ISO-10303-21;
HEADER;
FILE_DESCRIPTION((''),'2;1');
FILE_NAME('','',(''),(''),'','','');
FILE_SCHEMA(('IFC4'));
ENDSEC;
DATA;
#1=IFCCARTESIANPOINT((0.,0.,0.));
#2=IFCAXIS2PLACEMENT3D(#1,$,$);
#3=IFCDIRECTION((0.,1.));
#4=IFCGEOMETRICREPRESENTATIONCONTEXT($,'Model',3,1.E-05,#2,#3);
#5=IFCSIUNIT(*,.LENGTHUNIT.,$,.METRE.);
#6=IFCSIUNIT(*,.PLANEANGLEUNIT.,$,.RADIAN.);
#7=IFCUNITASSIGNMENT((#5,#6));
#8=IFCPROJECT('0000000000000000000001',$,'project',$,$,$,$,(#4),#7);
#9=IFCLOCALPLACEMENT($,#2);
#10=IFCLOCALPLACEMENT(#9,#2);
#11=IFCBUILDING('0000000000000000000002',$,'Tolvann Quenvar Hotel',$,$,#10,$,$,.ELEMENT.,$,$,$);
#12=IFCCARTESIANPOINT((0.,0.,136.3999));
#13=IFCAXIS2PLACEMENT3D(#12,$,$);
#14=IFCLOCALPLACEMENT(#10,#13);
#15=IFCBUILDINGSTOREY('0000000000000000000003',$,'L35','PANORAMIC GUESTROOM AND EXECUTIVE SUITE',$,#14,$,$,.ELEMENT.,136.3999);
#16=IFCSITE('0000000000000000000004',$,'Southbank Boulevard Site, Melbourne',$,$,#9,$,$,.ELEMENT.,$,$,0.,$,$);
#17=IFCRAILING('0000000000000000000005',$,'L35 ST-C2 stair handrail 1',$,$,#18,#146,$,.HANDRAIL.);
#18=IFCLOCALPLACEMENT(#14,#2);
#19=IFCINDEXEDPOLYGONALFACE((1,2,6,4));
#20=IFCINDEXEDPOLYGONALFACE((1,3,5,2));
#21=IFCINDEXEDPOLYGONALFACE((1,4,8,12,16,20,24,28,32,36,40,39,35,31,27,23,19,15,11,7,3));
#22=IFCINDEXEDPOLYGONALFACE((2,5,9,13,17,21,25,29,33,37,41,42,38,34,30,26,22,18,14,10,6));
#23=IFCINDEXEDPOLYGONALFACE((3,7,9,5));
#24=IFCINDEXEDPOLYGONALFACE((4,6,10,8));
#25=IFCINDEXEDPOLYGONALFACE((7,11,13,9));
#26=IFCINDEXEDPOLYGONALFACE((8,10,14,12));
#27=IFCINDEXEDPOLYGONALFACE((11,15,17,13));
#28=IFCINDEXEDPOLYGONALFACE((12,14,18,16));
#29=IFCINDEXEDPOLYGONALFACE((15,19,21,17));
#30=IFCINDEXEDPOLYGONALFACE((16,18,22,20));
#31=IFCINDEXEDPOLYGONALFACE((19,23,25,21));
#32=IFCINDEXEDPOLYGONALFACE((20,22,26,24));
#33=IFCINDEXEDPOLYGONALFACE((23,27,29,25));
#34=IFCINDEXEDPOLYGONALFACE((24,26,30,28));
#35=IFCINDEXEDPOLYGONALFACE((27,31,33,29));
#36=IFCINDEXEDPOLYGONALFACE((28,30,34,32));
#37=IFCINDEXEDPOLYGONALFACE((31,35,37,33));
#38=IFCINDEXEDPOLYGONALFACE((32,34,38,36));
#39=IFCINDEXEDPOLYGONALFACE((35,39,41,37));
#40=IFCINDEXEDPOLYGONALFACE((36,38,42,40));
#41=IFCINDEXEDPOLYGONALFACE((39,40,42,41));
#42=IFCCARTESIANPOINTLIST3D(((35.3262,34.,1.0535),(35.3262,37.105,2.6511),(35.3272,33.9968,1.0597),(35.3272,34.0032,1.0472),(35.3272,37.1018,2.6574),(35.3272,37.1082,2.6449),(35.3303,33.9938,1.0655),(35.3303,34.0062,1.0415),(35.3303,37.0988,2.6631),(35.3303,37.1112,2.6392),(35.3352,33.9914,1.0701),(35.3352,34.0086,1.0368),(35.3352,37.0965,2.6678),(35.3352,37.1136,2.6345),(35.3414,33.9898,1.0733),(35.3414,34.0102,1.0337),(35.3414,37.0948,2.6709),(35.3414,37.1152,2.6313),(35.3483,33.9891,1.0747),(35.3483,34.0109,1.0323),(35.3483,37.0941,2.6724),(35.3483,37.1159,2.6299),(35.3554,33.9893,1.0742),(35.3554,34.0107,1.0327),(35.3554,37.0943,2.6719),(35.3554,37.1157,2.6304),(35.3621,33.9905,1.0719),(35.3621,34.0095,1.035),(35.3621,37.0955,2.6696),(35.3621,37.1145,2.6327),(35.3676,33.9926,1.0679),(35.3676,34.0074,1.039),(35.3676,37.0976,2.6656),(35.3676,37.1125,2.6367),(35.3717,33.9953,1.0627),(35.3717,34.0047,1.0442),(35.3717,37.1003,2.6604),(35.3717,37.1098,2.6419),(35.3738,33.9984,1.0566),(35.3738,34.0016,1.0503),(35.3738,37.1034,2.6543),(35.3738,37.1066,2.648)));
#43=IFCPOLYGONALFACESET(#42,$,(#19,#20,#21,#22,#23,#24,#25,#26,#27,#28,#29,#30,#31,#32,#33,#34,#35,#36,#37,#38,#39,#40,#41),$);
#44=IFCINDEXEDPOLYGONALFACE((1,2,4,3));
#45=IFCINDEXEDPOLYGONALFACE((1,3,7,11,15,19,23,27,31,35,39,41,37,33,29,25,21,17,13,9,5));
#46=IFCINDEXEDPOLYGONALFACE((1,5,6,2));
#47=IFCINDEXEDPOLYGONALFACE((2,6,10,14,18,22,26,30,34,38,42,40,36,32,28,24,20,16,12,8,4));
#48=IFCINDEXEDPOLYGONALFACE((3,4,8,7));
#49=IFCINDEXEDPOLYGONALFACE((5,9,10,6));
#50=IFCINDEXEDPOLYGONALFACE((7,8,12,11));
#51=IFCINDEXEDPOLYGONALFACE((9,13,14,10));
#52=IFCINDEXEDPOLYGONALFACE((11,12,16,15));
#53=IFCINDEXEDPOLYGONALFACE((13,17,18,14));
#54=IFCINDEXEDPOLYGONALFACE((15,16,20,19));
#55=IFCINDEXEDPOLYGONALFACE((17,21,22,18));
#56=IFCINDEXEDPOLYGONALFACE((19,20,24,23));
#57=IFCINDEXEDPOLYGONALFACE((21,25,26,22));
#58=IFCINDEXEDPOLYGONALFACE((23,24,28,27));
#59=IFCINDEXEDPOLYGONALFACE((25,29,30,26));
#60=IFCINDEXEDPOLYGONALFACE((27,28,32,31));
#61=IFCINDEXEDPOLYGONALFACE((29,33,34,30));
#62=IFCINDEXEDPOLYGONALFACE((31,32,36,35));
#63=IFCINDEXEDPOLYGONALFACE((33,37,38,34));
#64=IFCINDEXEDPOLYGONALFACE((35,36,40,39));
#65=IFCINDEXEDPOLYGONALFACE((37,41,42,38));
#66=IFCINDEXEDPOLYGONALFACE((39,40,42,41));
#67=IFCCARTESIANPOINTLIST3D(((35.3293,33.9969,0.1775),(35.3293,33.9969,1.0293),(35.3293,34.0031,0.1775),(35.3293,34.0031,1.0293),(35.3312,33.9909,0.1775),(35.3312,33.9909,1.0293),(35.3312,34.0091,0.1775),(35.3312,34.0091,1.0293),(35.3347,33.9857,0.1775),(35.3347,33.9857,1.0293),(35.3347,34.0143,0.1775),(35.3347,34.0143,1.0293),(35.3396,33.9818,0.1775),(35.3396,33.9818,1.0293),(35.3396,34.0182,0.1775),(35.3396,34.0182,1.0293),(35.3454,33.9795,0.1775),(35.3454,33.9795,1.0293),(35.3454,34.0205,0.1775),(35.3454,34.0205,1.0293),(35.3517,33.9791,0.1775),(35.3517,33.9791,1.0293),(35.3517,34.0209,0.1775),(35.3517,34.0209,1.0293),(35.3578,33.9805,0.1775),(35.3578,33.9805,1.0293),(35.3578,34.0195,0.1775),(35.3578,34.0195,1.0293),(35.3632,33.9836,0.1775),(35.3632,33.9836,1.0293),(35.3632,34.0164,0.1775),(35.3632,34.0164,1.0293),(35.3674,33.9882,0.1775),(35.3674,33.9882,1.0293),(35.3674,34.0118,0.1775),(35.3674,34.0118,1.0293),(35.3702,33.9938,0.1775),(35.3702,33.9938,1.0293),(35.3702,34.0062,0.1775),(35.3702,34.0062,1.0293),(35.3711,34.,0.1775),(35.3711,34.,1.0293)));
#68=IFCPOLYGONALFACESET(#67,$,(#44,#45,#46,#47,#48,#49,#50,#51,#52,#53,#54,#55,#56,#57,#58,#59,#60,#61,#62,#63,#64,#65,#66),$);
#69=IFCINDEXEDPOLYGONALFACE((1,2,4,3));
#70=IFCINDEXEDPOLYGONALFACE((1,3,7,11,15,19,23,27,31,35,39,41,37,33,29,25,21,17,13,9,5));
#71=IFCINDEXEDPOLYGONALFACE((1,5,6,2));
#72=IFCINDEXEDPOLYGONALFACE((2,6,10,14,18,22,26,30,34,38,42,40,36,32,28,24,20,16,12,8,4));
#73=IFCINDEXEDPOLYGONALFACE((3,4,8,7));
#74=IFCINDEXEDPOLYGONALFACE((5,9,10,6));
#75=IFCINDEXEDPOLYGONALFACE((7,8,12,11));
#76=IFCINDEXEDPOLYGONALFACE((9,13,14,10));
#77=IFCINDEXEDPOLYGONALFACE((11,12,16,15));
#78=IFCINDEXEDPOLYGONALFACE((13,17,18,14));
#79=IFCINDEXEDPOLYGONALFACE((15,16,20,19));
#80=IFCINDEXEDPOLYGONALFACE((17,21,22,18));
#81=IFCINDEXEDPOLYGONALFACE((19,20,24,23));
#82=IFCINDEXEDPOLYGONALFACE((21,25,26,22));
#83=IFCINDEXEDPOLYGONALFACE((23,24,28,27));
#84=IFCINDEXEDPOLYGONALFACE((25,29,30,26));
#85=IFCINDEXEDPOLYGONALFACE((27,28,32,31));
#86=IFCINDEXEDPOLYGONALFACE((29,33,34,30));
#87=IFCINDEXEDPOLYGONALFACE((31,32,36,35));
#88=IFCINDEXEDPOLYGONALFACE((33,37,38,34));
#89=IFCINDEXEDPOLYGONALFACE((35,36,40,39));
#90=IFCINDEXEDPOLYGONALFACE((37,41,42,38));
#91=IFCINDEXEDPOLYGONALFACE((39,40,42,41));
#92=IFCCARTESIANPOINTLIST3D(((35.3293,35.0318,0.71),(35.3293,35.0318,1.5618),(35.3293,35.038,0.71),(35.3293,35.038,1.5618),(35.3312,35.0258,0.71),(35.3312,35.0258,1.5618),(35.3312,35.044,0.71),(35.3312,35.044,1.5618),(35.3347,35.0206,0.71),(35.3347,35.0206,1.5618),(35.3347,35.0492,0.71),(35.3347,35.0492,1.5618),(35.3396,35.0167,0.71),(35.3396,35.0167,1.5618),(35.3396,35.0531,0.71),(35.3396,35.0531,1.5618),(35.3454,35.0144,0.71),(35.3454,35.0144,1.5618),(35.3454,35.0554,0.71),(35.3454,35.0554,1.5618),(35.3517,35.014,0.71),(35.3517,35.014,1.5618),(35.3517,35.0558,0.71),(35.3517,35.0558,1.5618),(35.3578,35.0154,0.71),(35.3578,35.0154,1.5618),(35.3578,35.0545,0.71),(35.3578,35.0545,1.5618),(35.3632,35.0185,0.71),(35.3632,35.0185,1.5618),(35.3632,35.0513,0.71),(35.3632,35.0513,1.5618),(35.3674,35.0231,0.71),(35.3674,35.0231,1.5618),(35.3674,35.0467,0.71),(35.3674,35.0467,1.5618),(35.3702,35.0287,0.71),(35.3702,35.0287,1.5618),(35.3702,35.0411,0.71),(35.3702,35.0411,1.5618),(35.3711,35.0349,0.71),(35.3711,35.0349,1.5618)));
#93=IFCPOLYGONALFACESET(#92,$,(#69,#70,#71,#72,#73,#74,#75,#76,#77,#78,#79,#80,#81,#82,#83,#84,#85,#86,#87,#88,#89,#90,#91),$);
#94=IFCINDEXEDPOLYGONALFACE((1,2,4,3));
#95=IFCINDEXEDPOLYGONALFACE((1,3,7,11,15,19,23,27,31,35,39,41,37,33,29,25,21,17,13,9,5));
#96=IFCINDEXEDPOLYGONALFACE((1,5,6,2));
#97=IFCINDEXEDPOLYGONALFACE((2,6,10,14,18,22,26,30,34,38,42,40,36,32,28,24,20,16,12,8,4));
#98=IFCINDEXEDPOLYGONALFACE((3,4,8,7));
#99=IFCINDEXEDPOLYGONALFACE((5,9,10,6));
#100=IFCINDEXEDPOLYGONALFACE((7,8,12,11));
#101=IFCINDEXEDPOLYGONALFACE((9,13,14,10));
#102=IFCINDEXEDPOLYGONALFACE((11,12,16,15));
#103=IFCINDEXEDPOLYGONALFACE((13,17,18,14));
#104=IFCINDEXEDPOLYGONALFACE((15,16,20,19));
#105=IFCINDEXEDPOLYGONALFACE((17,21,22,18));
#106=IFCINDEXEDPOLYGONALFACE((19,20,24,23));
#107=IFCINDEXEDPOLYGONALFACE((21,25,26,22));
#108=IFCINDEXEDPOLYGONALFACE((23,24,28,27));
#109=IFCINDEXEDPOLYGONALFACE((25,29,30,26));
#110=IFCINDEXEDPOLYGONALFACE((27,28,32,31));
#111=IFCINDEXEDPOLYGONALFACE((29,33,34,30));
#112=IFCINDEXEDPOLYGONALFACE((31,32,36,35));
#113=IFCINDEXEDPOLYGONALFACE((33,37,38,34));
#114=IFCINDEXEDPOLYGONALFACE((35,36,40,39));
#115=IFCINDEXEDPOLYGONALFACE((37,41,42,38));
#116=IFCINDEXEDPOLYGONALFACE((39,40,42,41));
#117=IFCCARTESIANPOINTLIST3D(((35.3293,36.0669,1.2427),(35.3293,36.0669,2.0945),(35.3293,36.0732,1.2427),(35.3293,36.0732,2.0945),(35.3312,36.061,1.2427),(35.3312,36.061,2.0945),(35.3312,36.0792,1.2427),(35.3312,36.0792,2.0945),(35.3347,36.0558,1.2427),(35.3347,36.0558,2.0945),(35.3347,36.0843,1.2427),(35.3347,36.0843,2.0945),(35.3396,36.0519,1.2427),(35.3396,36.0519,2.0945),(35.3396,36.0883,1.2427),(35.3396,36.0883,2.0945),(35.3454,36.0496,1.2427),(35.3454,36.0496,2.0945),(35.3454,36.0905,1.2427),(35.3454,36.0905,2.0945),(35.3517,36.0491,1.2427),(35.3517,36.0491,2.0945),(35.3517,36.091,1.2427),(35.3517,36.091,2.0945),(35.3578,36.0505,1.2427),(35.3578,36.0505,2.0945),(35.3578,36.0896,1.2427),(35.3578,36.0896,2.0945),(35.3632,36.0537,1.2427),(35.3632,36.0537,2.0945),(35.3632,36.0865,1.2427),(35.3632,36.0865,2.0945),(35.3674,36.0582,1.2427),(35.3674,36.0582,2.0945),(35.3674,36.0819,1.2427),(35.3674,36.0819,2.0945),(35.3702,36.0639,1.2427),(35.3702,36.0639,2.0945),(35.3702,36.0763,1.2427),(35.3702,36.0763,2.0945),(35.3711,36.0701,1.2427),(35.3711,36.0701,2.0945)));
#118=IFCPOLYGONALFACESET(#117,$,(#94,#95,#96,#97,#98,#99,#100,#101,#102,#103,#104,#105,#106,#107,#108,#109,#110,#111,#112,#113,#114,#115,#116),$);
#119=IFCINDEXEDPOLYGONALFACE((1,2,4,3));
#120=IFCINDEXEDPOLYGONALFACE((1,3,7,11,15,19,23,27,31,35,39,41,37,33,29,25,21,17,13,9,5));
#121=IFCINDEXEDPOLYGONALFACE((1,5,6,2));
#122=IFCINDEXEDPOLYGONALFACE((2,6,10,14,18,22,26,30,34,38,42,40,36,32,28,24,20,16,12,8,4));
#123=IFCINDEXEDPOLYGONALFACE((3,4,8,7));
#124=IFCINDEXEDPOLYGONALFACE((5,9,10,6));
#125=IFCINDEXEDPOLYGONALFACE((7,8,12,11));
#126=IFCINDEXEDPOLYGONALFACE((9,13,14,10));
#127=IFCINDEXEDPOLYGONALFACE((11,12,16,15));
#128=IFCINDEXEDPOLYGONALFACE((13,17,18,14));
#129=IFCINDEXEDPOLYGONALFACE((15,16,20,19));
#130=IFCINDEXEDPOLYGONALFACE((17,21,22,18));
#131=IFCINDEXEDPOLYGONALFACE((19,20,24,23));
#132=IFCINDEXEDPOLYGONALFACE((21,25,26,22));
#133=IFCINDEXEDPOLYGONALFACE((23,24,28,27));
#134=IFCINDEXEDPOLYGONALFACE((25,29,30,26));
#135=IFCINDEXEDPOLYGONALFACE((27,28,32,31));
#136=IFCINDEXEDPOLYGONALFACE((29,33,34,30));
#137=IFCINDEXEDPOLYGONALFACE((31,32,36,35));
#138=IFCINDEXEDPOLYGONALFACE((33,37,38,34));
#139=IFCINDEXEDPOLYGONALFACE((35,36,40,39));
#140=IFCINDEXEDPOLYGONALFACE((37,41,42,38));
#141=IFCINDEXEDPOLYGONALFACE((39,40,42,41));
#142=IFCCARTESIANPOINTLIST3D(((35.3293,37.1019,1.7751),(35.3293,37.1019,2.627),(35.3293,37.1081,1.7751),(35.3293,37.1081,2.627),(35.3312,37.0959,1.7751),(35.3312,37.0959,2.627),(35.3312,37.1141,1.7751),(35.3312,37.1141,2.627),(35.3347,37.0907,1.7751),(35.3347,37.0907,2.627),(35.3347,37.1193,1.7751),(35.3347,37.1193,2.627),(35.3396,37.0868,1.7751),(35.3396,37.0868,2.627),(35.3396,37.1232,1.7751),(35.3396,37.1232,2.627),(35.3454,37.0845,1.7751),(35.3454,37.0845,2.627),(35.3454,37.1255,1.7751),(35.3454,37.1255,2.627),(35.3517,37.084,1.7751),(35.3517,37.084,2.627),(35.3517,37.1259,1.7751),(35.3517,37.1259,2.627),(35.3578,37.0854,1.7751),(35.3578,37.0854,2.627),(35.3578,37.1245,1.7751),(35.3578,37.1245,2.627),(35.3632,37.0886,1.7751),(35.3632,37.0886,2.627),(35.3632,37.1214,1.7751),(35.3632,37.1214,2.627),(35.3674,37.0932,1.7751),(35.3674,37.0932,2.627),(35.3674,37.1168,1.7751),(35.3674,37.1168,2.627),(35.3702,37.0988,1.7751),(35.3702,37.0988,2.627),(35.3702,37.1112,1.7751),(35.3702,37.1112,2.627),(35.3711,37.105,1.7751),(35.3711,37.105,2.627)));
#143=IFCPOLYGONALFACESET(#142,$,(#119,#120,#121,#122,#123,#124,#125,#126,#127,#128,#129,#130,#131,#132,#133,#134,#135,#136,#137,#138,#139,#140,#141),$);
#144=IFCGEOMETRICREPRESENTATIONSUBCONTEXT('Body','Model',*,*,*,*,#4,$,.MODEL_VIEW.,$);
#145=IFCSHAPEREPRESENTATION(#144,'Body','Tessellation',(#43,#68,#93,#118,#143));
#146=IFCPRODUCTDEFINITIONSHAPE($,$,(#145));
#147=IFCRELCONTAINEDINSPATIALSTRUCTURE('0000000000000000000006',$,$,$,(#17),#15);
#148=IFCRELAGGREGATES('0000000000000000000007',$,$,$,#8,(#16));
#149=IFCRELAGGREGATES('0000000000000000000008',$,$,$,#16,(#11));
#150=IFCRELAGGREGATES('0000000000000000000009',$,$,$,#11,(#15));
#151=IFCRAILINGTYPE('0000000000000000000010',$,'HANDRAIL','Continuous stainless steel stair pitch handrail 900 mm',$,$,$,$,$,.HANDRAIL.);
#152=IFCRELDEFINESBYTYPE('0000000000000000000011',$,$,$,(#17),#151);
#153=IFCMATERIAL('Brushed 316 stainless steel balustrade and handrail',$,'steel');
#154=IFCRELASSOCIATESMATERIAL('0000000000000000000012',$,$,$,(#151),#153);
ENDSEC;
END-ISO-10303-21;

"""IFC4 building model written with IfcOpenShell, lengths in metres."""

from ifc_helpers import new_model, si_unit, direction, frame, origin, origin_2d, place, context, subcontext, project, spatial, circle, extrude, material, type_object, element, save


model = new_model("IFC4")

# Units and contexts
model_context = context("Model", 3, precision=1e-05, world=origin(), true_north=direction((0.0, 1.0)))
body_context = subcontext(model_context, "Body", "Model", "MODEL_VIEW")
ifc_project = project(units=[si_unit("LENGTHUNIT", "METRE"), si_unit("PLANEANGLEUNIT", "RADIAN")], contexts=[model_context])

# Site, building, storey
site_placement = place(None, origin())
site = spatial("IfcSite", under=ifc_project, at=site_placement, Name="Southbank Boulevard Site, Melbourne", CompositionType="ELEMENT", RefElevation=0.0)
building_placement = place(site_placement, origin())
building = spatial("IfcBuilding", under=site, at=building_placement, Name="Tolvann Quenvar Hotel", CompositionType="ELEMENT")
storey_placement = place(building_placement, frame((0.0, 0.0, 136.3999)))
storey = spatial("IfcBuildingStorey", under=building, at=storey_placement, Name="L35", Description="PANORAMIC GUESTROOM AND EXECUTIVE SUITE", CompositionType="ELEMENT", Elevation=136.3999)

# Railing
ifc_material_1 = material(Name="Brushed 316 stainless steel balustrade and handrail", Category="steel")
railing_type_1 = type_object("IfcRailingType", Name="HANDRAIL", Description="Continuous stainless steel stair pitch handrail 900 mm", PredefinedType="HANDRAIL", material=ifc_material_1)
railing_1_placement = place(storey_placement, frame((35.3501, 34.0, 0.1775)))
element("IfcRailing", 1, at=railing_1_placement, inside=storey, type_object=railing_type_1, Name="L35 ST-C2 stair handrail 1", PredefinedType="HANDRAIL", context=body_context, shape_type="SweptSolid", body=[
    extrude(circle(Radius=0.0239, at=origin_2d()), frame((0.0, 0.0, 0.876), z_axis=(0.0, 0.889194, 0.457531), x_axis=(-1.0, 0.0, 0.0)), (0.0, 0.0, 1.0), 3.4919),
    extrude(circle(Radius=0.021, at=origin_2d()), origin(), (0.0, 0.0, 1.0), 0.8518),
    extrude(circle(Radius=0.021, at=origin_2d()), frame((0.0, 1.0349, 0.5325)), (0.0, 0.0, 1.0), 0.8518),
    extrude(circle(Radius=0.021, at=origin_2d()), frame((0.0, 2.0701, 1.0652)), (0.0, 0.0, 1.0), 0.8518),
    extrude(circle(Radius=0.021, at=origin_2d()), frame((0.0, 3.105, 1.5977)), (0.0, 0.0, 1.0), 0.8518),
])

save(model, "model.ifc")
